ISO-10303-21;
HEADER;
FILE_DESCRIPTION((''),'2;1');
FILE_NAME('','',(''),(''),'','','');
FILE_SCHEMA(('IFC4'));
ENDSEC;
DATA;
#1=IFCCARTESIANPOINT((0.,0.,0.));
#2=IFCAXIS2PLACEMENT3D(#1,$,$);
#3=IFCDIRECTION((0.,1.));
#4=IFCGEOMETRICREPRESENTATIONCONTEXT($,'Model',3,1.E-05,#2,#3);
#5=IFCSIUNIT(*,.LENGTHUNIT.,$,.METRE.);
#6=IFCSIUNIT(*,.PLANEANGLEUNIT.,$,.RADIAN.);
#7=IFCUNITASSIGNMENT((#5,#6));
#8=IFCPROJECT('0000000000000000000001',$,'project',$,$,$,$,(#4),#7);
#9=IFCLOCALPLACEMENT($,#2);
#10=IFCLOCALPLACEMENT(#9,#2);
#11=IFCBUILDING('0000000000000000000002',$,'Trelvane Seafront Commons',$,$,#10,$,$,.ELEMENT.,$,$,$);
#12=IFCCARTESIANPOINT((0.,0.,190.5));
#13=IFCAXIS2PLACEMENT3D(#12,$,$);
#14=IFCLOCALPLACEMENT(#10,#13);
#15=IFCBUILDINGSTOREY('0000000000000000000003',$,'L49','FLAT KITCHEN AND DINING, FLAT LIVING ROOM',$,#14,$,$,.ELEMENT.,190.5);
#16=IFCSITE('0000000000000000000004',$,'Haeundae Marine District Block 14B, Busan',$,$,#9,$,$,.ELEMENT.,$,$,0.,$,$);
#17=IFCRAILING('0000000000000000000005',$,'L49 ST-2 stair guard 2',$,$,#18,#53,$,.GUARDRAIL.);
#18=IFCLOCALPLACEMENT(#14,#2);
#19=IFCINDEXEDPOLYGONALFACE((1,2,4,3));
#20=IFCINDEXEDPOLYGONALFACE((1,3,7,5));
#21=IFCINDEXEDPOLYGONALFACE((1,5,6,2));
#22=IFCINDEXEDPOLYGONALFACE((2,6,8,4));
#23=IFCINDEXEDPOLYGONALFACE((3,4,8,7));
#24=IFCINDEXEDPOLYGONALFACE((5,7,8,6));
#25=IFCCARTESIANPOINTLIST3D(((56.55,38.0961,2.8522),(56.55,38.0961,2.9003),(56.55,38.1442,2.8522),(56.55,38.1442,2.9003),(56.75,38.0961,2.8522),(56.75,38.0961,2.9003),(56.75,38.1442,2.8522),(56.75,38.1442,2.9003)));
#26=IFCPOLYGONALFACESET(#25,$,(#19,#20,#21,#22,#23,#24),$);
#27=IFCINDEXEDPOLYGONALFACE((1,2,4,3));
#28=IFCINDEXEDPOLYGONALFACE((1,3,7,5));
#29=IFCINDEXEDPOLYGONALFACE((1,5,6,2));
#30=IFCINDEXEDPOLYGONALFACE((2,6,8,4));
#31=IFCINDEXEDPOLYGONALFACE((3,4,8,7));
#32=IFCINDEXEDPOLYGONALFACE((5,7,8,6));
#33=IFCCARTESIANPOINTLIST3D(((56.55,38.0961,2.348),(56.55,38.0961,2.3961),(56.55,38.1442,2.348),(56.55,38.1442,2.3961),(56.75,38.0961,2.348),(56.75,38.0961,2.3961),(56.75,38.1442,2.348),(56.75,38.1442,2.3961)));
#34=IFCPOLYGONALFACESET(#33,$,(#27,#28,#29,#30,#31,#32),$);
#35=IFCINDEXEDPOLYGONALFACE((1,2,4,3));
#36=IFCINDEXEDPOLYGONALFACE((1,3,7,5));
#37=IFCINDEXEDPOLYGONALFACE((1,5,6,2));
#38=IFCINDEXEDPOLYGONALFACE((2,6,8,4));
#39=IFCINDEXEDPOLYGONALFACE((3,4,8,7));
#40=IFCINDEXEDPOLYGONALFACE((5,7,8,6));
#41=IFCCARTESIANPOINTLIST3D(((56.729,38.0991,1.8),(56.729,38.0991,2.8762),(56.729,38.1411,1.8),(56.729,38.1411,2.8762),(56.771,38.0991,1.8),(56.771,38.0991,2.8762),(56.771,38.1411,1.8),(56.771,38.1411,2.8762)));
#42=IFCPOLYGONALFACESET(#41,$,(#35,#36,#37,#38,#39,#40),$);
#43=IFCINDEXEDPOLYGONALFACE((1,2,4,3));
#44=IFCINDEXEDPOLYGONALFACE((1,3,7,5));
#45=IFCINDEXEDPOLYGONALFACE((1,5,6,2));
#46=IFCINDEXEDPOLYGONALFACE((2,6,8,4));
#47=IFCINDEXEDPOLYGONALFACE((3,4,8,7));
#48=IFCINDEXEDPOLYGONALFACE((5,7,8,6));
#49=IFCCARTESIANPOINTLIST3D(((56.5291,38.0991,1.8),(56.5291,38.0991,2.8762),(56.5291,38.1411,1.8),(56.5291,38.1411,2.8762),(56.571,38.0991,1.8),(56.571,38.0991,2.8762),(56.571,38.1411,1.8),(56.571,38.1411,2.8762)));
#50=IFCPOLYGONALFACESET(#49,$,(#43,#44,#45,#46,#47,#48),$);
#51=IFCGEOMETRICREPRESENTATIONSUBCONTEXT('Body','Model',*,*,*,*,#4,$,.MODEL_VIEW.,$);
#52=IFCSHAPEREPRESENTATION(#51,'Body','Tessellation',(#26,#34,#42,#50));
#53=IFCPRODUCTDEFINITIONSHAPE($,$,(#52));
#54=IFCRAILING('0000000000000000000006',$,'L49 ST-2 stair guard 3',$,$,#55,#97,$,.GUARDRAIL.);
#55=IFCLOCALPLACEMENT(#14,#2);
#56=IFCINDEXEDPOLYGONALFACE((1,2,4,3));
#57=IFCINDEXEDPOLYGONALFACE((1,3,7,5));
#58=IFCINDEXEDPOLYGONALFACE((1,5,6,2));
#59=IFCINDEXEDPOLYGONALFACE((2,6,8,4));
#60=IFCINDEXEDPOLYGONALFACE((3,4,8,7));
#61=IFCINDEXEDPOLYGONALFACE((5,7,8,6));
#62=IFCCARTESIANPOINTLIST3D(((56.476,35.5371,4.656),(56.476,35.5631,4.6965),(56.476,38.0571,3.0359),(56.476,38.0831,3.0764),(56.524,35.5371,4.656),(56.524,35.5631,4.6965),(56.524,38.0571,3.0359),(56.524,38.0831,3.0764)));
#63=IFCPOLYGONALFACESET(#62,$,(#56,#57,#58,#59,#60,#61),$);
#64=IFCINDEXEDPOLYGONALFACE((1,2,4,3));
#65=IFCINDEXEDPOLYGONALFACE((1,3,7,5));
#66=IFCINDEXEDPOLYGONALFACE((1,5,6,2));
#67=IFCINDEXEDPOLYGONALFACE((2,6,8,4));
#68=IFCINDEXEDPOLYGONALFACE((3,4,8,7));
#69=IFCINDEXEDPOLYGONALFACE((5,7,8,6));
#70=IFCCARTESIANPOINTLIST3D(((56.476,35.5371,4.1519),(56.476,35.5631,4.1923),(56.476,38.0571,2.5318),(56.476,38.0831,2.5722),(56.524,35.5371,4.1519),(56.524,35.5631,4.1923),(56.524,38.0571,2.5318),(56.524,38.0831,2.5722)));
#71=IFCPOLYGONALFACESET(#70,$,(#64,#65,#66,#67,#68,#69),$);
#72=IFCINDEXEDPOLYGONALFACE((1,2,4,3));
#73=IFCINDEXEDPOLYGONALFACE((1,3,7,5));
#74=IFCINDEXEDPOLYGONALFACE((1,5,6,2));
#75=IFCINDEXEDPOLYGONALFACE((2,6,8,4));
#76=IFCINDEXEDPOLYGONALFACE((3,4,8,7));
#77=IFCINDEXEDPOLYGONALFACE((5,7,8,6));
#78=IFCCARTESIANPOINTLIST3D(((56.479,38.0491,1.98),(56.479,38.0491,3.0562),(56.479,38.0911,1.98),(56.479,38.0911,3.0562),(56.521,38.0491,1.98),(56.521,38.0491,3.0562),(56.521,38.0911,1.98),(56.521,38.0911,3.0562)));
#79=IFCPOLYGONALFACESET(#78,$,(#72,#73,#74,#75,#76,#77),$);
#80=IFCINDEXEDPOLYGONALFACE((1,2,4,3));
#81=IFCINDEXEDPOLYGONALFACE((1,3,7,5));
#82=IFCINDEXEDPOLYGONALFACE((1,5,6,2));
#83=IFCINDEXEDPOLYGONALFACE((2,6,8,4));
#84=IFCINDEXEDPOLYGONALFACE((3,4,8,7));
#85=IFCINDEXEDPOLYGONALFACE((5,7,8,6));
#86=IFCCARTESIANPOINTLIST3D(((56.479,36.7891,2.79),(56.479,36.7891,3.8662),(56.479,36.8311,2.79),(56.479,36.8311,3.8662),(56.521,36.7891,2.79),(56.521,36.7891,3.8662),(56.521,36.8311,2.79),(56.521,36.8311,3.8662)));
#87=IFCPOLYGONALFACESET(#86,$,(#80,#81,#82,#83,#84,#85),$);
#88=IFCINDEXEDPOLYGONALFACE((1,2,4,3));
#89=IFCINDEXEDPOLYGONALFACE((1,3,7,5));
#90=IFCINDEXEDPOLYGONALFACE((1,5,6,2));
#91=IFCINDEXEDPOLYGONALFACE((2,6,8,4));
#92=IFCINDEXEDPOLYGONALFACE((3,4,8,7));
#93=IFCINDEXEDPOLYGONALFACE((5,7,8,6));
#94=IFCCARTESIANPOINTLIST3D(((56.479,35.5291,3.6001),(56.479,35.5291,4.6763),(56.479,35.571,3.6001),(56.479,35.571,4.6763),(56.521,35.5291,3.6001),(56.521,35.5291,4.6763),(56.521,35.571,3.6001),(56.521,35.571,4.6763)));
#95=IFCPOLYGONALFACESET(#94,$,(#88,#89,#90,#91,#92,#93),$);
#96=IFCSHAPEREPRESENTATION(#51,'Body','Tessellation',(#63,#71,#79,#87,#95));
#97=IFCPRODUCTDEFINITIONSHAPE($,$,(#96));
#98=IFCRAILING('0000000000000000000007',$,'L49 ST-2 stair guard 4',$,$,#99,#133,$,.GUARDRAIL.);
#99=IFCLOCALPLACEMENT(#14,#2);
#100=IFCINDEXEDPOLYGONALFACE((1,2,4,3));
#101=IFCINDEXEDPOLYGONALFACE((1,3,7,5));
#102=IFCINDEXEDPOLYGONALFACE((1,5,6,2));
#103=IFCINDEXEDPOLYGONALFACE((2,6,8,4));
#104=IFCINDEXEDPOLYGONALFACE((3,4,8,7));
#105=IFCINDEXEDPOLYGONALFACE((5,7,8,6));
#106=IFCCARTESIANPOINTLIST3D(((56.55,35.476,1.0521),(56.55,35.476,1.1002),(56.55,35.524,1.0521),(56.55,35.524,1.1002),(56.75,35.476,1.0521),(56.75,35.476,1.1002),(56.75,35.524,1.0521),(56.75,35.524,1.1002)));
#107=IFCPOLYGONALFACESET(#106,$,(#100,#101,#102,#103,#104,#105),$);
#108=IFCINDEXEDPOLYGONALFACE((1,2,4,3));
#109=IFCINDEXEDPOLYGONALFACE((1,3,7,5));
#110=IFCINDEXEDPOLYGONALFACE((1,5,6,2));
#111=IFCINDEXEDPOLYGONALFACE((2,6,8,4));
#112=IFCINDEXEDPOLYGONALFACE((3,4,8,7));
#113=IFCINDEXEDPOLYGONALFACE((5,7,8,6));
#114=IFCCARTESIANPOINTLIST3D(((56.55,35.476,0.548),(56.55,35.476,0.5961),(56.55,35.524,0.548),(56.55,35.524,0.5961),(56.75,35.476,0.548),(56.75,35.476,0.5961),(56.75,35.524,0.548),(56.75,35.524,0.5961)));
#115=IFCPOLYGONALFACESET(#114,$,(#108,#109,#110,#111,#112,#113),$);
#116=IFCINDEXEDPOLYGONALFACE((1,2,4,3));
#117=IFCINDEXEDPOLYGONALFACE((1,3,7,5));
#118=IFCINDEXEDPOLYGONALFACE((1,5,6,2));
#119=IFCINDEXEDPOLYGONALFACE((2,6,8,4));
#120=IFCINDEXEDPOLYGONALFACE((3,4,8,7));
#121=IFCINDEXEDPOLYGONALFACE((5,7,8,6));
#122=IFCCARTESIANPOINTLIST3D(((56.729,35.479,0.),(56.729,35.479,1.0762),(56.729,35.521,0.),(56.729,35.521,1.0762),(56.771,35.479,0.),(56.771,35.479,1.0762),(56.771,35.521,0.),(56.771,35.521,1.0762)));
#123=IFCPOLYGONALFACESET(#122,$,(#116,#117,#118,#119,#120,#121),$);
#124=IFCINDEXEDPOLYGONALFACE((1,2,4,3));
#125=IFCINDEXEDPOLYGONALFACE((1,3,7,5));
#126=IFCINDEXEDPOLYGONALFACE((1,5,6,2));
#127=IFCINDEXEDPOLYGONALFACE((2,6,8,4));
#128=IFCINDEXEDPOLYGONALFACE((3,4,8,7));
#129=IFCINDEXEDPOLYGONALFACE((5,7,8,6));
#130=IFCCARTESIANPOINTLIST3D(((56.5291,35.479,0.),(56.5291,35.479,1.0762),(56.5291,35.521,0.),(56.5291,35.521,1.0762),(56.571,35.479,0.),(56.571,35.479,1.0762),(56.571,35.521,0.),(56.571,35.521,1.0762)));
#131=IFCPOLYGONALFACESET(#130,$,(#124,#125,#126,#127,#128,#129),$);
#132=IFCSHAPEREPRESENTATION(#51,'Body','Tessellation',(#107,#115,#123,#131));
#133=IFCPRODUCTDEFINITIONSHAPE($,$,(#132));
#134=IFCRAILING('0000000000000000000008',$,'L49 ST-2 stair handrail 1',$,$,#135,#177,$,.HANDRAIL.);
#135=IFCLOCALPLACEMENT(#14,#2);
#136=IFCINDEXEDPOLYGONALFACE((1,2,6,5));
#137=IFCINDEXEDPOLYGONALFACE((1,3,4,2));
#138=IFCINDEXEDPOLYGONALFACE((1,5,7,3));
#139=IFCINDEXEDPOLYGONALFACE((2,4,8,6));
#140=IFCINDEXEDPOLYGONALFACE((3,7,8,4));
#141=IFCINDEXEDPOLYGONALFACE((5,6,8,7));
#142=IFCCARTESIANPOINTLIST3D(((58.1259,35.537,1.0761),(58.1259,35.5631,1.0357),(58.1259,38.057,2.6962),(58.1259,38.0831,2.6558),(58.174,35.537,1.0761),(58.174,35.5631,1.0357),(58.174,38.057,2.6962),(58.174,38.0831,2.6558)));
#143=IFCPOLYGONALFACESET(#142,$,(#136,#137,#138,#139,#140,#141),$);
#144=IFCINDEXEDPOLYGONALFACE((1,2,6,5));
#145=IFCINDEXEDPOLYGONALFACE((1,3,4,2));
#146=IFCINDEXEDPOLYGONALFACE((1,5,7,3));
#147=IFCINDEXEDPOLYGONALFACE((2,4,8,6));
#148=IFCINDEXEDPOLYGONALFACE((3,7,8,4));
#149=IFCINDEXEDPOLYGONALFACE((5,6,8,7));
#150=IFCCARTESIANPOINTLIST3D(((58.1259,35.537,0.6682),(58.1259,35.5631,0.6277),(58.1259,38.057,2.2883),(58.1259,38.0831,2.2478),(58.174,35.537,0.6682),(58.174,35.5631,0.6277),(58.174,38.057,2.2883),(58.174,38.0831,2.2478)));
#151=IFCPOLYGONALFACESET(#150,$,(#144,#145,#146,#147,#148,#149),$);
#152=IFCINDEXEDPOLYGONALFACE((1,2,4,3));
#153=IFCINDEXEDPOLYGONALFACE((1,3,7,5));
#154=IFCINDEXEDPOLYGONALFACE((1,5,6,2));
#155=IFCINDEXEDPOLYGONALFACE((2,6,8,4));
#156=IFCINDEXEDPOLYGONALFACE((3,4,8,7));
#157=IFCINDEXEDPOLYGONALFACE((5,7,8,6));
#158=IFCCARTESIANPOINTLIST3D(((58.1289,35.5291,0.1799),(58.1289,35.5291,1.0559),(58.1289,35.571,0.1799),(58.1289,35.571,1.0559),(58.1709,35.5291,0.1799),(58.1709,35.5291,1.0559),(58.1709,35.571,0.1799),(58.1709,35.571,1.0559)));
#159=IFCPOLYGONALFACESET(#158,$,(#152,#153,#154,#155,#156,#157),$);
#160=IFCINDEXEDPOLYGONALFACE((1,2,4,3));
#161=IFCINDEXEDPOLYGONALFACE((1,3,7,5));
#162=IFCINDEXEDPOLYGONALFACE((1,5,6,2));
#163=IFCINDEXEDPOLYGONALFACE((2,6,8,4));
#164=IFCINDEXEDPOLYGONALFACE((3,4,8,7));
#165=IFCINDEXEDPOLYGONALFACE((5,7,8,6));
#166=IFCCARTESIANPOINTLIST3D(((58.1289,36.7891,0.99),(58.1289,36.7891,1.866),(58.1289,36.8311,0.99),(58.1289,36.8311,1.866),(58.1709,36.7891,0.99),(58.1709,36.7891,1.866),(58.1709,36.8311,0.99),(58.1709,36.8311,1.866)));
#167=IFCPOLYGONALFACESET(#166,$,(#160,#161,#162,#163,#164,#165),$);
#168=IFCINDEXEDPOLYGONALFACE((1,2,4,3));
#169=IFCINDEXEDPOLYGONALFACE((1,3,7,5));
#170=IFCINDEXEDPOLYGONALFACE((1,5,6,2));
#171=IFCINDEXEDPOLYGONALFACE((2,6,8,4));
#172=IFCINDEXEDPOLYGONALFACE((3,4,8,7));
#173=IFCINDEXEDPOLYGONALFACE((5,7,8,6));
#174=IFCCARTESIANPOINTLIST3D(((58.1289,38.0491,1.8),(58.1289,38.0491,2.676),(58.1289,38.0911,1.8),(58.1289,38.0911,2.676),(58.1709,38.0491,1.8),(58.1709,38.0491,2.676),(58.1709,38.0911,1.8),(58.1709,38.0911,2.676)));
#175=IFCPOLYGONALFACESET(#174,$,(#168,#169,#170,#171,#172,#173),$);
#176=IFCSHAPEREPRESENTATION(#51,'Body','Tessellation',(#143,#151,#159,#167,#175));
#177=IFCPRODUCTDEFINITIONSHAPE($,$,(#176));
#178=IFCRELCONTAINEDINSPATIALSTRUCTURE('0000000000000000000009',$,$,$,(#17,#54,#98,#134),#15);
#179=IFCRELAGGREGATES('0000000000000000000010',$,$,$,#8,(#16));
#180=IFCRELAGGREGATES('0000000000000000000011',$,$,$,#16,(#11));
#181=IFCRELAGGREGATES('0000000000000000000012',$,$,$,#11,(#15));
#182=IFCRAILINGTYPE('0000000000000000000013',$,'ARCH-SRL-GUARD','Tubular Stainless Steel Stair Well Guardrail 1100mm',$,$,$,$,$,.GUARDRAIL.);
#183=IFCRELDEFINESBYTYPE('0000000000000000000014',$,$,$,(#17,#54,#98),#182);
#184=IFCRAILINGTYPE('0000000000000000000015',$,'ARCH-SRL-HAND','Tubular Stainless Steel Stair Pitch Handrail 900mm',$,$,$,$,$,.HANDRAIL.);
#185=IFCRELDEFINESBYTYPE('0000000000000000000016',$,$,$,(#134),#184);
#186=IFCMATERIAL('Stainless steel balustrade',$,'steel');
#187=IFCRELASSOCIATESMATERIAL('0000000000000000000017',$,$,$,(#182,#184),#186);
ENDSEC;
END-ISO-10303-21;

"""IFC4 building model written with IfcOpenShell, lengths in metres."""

from ifc_helpers import new_model, si_unit, direction, frame, origin, origin_2d, place, context, subcontext, project, spatial, rectangle, extrude, material, type_object, element, save


model = new_model("IFC4")

# Units and contexts
model_context = context("Model", 3, precision=1e-05, world=origin(), true_north=direction((0.0, 1.0)))
body_context = subcontext(model_context, "Body", "Model", "MODEL_VIEW")
ifc_project = project(units=[si_unit("LENGTHUNIT", "METRE"), si_unit("PLANEANGLEUNIT", "RADIAN")], contexts=[model_context])

# Site, building, storey
site_placement = place(None, origin())
site = spatial("IfcSite", under=ifc_project, at=site_placement, Name="Haeundae Marine District Block 14B, Busan", CompositionType="ELEMENT", RefElevation=0.0)
building_placement = place(site_placement, origin())
building = spatial("IfcBuilding", under=site, at=building_placement, Name="Trelvane Seafront Commons", CompositionType="ELEMENT")
storey_placement = place(building_placement, frame((0.0, 0.0, 190.5)))
storey = spatial("IfcBuildingStorey", under=building, at=storey_placement, Name="L49", Description="FLAT KITCHEN AND DINING, FLAT LIVING ROOM", CompositionType="ELEMENT", Elevation=190.5)

# Railings
ifc_material_1 = material(Name="Stainless steel balustrade", Category="steel")
railing_type_1 = type_object("IfcRailingType", Name="ARCH-SRL-GUARD", Description="Tubular Stainless Steel Stair Well Guardrail 1100mm", PredefinedType="GUARDRAIL", material=ifc_material_1)
railing_1_placement = place(storey_placement, frame((56.75, 38.1201, 1.8)))
element("IfcRailing", 1, at=railing_1_placement, inside=storey, type_object=railing_type_1, Name="L49 ST-2 stair guard 2", PredefinedType="GUARDRAIL", context=body_context, shape_type="SweptSolid", body=[
    extrude(rectangle(XDim=0.0481, YDim=0.0481, at=origin_2d()), frame((0.0, 0.0, 1.0762), z_axis=(-1.0, 0.0, 0.0), x_axis=(0.0, -1.0, 0.0)), (0.0, 0.0, 1.0), 0.2),
    extrude(rectangle(XDim=0.0481, YDim=0.0481, at=origin_2d()), frame((0.0, 0.0, 0.572), z_axis=(-1.0, 0.0, 0.0), x_axis=(0.0, -1.0, 0.0)), (0.0, 0.0, 1.0), 0.2),
    extrude(rectangle(XDim=0.042, YDim=0.042, at=origin_2d()), origin(), (0.0, 0.0, 1.0), 1.0762),
    extrude(rectangle(XDim=0.042, YDim=0.042, at=origin_2d()), frame((-0.2, 0.0, 0.0)), (0.0, 0.0, 1.0), 1.0762),
])
railing_2_placement = place(storey_placement, frame((56.5, 38.0701, 1.98)))
element("IfcRailing", 2, at=railing_2_placement, inside=storey, type_object=railing_type_1, Name="L49 ST-2 stair guard 3", PredefinedType="GUARDRAIL", context=body_context, shape_type="SweptSolid", body=[
    extrude(rectangle(XDim=0.0481, YDim=0.0481, at=origin_2d()), frame((0.0, 0.0, 1.0762), z_axis=(0.0, -0.841163, 0.540782), x_axis=(1.0, 0.0, 0.0)), (0.0, 0.0, 1.0), 2.9958),
    extrude(rectangle(XDim=0.0481, YDim=0.0481, at=origin_2d()), frame((0.0, 0.0, 0.572), z_axis=(0.0, -0.841163, 0.540782), x_axis=(1.0, 0.0, 0.0)), (0.0, 0.0, 1.0), 2.9958),
    extrude(rectangle(XDim=0.042, YDim=0.042, at=origin_2d()), origin(), (0.0, 0.0, 1.0), 1.0762),
    extrude(rectangle(XDim=0.042, YDim=0.042, at=origin_2d()), frame((0.0, -1.26, 0.8101)), (0.0, 0.0, 1.0), 1.0762),
    extrude(rectangle(XDim=0.042, YDim=0.042, at=origin_2d()), frame((0.0, -2.52, 1.6201)), (0.0, 0.0, 1.0), 1.0762),
])
railing_3_placement = place(storey_placement, frame((56.75, 35.5, 0.0)))
element("IfcRailing", 3, at=railing_3_placement, inside=storey, type_object=railing_type_1, Name="L49 ST-2 stair guard 4", PredefinedType="GUARDRAIL", context=body_context, shape_type="SweptSolid", body=[
    extrude(rectangle(XDim=0.0481, YDim=0.0481, at=origin_2d()), frame((0.0, 0.0, 1.0762), z_axis=(-1.0, 0.0, 0.0), x_axis=(0.0, -1.0, 0.0)), (0.0, 0.0, 1.0), 0.2),
    extrude(rectangle(XDim=0.0481, YDim=0.0481, at=origin_2d()), frame((0.0, 0.0, 0.572), z_axis=(-1.0, 0.0, 0.0), x_axis=(0.0, -1.0, 0.0)), (0.0, 0.0, 1.0), 0.2),
    extrude(rectangle(XDim=0.042, YDim=0.042, at=origin_2d()), origin(), (0.0, 0.0, 1.0), 1.0762),
    extrude(rectangle(XDim=0.042, YDim=0.042, at=origin_2d()), frame((-0.2, 0.0, 0.0)), (0.0, 0.0, 1.0), 1.0762),
])
railing_type_2 = type_object("IfcRailingType", Name="ARCH-SRL-HAND", Description="Tubular Stainless Steel Stair Pitch Handrail 900mm", PredefinedType="HANDRAIL", material=ifc_material_1)
railing_4_placement = place(storey_placement, frame((58.1499, 35.55, 0.1799)))
element("IfcRailing", 4, at=railing_4_placement, inside=storey, type_object=railing_type_2, Name="L49 ST-2 stair handrail 1", PredefinedType="HANDRAIL", context=body_context, shape_type="SweptSolid", body=[
    extrude(rectangle(XDim=0.0481, YDim=0.0481, at=origin_2d()), frame((0.0, 0.0, 0.876), z_axis=(0.0, 0.841163, 0.540782), x_axis=(-1.0, 0.0, 0.0)), (0.0, 0.0, 1.0), 2.9958),
    extrude(rectangle(XDim=0.0481, YDim=0.0481, at=origin_2d()), frame((0.0, 0.0, 0.468), z_axis=(0.0, 0.841163, 0.540782), x_axis=(-1.0, 0.0, 0.0)), (0.0, 0.0, 1.0), 2.9958),
    extrude(rectangle(XDim=0.042, YDim=0.042, at=origin_2d()), origin(), (0.0, 0.0, 1.0), 0.876),
    extrude(rectangle(XDim=0.042, YDim=0.042, at=origin_2d()), frame((0.0, 1.26, 0.8101)), (0.0, 0.0, 1.0), 0.876),
    extrude(rectangle(XDim=0.042, YDim=0.042, at=origin_2d()), frame((0.0, 2.52, 1.6201)), (0.0, 0.0, 1.0), 0.876),
])

save(model, "model.ifc")
